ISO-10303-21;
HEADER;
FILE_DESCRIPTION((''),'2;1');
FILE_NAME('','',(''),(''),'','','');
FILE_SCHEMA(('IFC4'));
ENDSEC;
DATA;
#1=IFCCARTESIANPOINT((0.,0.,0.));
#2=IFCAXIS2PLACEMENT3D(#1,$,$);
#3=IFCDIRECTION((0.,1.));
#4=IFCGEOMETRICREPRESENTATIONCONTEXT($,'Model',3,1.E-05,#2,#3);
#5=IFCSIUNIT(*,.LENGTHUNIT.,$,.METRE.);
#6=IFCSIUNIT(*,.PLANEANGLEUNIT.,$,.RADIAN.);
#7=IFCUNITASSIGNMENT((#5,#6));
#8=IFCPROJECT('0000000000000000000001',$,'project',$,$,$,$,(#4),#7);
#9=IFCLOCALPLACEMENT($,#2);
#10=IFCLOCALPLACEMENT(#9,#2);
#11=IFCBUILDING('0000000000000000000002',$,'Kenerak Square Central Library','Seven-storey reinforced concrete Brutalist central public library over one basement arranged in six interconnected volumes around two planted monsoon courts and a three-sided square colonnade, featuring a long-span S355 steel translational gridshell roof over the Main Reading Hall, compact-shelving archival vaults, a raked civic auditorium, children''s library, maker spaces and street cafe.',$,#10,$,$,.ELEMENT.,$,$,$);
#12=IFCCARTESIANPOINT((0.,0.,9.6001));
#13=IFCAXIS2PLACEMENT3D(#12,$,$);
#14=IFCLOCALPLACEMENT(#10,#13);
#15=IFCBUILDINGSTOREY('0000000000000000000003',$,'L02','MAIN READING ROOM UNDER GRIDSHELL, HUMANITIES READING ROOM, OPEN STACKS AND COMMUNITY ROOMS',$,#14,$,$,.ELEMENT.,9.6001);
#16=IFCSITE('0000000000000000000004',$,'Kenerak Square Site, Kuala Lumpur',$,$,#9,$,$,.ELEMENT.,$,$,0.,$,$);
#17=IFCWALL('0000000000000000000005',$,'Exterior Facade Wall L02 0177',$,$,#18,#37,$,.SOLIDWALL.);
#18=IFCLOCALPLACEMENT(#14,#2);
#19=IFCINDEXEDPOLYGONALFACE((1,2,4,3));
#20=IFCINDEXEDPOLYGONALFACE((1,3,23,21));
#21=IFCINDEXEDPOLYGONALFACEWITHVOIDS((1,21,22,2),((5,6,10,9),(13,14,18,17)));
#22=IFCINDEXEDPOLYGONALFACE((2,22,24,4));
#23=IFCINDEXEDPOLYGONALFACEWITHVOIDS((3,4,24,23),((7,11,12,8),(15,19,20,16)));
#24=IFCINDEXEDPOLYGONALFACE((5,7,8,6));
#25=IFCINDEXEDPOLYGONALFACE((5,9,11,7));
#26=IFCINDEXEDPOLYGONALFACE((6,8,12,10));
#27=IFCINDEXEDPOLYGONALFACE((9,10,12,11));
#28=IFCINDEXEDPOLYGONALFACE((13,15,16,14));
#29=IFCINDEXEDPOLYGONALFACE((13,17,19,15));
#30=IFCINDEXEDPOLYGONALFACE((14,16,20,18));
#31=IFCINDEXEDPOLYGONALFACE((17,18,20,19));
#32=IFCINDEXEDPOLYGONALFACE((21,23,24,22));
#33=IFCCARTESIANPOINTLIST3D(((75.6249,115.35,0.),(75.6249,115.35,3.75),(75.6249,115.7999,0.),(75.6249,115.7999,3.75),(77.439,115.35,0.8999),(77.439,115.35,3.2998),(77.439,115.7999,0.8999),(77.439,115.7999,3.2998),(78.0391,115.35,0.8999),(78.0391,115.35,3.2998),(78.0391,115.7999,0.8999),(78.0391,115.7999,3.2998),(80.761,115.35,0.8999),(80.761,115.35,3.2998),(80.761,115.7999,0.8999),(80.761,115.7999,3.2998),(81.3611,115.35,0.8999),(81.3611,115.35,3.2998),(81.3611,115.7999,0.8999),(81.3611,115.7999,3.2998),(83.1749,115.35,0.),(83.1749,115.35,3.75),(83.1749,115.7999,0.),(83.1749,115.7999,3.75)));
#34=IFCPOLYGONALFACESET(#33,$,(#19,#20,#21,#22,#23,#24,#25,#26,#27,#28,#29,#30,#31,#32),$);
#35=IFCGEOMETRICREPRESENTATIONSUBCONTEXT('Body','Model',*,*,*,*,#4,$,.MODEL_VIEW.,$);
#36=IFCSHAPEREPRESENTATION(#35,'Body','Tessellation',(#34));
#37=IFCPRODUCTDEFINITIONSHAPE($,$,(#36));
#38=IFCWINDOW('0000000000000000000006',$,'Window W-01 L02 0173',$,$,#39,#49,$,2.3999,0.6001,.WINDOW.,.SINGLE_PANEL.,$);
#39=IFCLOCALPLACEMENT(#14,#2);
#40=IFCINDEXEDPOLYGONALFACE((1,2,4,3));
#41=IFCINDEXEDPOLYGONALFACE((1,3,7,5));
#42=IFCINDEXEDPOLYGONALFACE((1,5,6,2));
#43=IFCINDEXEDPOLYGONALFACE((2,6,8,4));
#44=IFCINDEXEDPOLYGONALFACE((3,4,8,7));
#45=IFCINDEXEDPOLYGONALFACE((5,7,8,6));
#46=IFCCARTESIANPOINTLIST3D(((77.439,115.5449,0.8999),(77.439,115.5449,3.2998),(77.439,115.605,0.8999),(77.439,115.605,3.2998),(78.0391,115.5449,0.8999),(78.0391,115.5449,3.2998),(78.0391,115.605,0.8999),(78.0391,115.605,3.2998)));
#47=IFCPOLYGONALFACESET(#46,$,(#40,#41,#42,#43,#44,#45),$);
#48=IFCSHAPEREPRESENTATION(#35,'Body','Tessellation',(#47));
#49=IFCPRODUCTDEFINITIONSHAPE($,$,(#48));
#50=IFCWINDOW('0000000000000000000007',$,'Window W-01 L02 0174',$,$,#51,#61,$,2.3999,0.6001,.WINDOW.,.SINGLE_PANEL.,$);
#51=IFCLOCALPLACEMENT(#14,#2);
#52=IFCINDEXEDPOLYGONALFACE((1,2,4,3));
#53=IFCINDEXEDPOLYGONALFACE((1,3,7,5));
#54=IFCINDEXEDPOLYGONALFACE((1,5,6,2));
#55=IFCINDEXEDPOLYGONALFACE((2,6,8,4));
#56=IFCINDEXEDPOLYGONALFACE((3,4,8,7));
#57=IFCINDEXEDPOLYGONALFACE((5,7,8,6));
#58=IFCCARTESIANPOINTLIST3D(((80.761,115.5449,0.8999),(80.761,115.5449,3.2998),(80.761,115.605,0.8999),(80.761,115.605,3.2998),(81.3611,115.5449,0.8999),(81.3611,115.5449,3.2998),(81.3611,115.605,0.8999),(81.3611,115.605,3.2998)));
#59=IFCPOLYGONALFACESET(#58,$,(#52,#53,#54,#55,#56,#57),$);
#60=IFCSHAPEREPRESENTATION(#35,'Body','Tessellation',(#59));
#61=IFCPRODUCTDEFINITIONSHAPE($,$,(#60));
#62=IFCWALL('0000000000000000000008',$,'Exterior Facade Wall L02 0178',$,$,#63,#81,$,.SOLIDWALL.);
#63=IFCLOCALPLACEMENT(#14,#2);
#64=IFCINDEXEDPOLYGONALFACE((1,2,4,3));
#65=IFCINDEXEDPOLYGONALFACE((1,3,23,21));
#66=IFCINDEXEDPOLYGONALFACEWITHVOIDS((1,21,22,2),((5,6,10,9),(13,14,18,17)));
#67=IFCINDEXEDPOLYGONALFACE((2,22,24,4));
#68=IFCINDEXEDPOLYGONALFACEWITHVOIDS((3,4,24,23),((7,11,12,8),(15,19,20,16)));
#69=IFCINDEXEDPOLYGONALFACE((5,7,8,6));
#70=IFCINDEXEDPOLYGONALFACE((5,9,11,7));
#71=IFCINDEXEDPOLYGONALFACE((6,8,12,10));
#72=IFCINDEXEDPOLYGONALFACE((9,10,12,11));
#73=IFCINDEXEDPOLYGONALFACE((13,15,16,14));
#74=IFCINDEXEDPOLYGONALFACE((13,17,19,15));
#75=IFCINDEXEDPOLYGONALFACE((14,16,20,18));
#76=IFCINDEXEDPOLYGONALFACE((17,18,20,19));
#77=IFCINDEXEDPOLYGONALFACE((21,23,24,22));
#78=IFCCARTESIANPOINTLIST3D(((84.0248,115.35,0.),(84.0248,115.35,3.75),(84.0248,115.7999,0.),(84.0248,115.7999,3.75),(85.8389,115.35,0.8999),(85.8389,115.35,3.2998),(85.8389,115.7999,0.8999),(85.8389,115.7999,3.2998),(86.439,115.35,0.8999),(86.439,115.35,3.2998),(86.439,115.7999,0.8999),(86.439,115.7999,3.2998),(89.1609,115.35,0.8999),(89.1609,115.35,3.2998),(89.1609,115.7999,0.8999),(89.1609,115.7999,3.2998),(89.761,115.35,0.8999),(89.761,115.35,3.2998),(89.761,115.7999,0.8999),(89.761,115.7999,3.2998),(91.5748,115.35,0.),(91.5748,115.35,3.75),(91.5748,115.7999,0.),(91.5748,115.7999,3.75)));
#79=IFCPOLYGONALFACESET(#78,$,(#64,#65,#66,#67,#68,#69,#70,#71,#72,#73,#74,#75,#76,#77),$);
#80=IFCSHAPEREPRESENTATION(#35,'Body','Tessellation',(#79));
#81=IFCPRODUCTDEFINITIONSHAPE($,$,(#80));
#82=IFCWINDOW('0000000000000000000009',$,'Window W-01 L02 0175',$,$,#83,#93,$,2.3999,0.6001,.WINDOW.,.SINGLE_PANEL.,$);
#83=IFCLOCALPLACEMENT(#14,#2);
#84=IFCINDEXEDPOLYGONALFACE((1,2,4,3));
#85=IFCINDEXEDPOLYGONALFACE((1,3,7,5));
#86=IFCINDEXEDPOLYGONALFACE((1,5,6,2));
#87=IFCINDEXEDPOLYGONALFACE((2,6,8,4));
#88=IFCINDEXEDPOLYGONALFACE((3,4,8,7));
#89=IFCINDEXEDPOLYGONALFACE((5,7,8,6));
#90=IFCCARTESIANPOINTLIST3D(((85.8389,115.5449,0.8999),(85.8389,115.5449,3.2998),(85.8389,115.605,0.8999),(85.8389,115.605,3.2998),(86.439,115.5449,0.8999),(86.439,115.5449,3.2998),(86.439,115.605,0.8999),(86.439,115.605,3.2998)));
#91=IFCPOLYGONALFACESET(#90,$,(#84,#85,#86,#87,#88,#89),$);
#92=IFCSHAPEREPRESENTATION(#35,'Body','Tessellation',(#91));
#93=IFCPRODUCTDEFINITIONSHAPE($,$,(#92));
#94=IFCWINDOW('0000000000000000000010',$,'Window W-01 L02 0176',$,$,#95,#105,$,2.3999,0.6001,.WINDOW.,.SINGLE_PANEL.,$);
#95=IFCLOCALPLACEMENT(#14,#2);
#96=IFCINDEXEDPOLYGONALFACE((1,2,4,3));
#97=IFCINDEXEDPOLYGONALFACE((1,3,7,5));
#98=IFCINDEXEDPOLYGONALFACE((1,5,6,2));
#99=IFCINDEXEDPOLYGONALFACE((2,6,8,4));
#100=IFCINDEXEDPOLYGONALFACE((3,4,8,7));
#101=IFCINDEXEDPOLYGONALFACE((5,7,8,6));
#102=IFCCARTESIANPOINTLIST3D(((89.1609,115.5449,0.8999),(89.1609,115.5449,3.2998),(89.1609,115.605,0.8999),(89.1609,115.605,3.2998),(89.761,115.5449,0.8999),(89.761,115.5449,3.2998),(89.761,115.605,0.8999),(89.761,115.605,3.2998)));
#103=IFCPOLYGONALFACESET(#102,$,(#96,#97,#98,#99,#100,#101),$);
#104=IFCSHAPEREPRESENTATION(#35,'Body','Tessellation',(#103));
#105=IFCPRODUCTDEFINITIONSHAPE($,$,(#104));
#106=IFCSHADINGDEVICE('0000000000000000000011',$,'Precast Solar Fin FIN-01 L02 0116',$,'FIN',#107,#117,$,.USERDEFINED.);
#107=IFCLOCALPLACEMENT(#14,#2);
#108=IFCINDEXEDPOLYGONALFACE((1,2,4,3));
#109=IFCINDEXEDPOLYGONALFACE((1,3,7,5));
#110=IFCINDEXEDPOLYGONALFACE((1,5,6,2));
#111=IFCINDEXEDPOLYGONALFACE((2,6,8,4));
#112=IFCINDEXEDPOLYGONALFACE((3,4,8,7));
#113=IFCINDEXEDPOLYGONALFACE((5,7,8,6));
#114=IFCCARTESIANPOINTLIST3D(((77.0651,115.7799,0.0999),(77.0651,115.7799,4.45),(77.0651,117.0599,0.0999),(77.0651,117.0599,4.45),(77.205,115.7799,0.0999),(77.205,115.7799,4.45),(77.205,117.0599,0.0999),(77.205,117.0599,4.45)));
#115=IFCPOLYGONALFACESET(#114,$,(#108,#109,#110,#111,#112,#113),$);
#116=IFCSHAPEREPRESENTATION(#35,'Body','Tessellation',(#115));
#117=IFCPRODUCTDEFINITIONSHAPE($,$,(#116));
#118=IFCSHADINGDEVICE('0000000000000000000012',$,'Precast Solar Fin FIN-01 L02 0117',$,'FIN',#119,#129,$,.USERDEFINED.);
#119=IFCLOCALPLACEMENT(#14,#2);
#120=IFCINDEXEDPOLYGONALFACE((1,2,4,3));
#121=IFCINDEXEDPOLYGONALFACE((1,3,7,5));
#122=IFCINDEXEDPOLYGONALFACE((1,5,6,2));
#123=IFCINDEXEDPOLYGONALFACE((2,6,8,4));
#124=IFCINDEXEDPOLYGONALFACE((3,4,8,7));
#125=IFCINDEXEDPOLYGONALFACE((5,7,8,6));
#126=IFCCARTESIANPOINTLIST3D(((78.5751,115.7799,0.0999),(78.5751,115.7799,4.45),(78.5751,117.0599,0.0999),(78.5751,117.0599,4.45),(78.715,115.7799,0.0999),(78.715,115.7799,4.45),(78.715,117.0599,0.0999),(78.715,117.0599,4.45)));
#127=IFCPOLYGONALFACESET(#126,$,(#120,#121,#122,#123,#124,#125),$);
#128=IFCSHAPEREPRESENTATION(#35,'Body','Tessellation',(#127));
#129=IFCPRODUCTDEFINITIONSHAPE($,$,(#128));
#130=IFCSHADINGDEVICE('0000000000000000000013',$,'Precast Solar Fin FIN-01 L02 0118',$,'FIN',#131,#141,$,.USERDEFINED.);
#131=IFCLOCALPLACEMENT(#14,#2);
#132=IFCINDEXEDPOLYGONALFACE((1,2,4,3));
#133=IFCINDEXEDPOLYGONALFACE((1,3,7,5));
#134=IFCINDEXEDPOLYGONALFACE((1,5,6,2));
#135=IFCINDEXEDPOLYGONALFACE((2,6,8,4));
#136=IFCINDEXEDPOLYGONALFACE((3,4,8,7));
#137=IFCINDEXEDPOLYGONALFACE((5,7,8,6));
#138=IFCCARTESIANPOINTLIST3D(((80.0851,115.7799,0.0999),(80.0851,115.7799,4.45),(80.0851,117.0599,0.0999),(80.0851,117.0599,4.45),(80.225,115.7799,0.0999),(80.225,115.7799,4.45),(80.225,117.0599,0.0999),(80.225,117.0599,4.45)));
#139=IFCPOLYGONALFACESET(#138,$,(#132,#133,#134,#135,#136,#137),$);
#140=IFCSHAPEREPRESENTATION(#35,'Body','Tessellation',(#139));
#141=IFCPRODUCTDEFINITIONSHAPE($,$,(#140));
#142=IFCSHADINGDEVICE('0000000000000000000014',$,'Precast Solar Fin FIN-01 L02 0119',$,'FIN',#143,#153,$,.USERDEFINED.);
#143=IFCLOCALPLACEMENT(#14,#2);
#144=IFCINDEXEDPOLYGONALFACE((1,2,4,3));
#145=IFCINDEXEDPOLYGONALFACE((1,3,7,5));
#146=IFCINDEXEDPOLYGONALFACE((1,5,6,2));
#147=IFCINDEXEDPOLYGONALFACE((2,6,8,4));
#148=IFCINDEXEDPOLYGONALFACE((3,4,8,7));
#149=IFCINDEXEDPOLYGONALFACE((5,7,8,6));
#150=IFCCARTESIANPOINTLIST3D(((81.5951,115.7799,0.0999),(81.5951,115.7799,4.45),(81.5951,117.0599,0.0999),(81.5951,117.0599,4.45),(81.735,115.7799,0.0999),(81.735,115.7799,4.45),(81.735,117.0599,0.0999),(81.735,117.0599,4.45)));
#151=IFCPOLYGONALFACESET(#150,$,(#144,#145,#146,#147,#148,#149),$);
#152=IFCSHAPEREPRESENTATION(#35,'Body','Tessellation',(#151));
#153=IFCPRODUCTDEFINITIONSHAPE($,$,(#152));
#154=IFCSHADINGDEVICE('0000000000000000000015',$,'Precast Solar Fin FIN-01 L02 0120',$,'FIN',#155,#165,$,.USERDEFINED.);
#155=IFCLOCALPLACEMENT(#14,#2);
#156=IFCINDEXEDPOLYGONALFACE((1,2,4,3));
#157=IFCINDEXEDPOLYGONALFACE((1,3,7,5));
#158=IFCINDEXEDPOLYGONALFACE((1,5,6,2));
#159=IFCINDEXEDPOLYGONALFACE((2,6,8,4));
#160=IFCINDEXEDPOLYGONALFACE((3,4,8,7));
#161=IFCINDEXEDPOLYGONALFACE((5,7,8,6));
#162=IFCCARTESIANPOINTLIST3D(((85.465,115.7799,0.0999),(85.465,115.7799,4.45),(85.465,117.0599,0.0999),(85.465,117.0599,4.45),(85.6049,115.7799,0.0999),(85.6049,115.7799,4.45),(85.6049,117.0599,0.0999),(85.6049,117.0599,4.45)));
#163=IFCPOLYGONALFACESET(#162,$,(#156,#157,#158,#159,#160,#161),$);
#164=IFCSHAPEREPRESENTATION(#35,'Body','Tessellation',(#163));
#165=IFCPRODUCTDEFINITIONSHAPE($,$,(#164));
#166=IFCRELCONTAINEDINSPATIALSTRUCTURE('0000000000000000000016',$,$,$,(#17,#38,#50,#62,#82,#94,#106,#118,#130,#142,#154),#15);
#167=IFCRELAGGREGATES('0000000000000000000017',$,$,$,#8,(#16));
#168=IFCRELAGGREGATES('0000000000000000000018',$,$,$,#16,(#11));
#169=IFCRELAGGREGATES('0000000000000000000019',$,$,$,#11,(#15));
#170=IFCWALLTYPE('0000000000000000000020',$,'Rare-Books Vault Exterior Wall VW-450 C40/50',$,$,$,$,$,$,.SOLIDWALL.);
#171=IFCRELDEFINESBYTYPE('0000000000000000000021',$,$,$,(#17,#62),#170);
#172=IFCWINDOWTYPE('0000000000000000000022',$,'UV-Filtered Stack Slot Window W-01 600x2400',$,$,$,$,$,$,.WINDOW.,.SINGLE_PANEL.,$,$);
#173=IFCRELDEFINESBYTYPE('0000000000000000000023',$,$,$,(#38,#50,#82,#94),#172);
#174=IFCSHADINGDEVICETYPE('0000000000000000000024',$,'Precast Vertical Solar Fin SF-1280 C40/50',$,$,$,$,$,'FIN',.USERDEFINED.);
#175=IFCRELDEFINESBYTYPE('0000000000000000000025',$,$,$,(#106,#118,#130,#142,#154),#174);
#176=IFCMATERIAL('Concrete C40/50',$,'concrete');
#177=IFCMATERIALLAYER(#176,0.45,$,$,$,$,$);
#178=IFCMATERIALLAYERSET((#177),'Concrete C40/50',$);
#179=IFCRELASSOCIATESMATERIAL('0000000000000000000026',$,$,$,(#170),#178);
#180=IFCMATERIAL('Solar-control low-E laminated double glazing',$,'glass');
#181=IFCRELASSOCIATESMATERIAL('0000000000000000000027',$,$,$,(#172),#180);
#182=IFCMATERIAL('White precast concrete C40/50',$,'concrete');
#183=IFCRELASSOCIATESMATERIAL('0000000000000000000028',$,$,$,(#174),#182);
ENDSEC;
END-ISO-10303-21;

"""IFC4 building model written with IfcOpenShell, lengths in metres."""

from ifc_helpers import new_model, si_unit, direction, frame, frame_2d, origin, origin_2d, place, context, subcontext, project, spatial, rectangle, extrude, material, layer, layer_set, type_object, element, fill, save


model = new_model("IFC4")

# Units and contexts
model_context = context("Model", 3, precision=1e-05, world=origin(), true_north=direction((0.0, 1.0)))
body_context = subcontext(model_context, "Body", "Model", "MODEL_VIEW")
ifc_project = project(units=[si_unit("LENGTHUNIT", "METRE"), si_unit("PLANEANGLEUNIT", "RADIAN")], contexts=[model_context])

# Site, building, storey
site_placement = place(None, origin())
site = spatial("IfcSite", under=ifc_project, at=site_placement, Name="Kenerak Square Site, Kuala Lumpur", CompositionType="ELEMENT", RefElevation=0.0)
building_placement = place(site_placement, origin())
building = spatial("IfcBuilding", under=site, at=building_placement, Name="Kenerak Square Central Library", Description="Seven-storey reinforced concrete Brutalist central public library over one basement arranged in six interconnected volumes around two planted monsoon courts and a three-sided square colonnade, featuring a long-span S355 steel translational gridshell roof over the Main Reading Hall, compact-shelving archival vaults, a raked civic auditorium, children's library, maker spaces and street cafe.", CompositionType="ELEMENT")
storey_placement = place(building_placement, frame((0.0, 0.0, 9.6001)))
storey = spatial("IfcBuildingStorey", under=building, at=storey_placement, Name="L02", Description="MAIN READING ROOM UNDER GRIDSHELL, HUMANITIES READING ROOM, OPEN STACKS AND COMMUNITY ROOMS", CompositionType="ELEMENT", Elevation=9.6001)

# Shared definitions
ifc_material_1 = material(Name="Concrete C40/50", Category="concrete")

# Walls, openings, windows
ifc_layer_1 = layer(ifc_material_1, 0.45)
ifc_layer_set_1 = layer_set([ifc_layer_1], Name="Concrete C40/50")
wall_type_1 = type_object("IfcWallType", Name="Rare-Books Vault Exterior Wall VW-450 C40/50", PredefinedType="SOLIDWALL", material=ifc_layer_set_1)
wall_1_placement = place(storey_placement, frame((75.625, 115.575, 0.0), z_axis=(0.0, 0.0, 1.0), x_axis=(1.0, 0.0, 0.0)))
wall_1 = element("IfcWall", 1, at=wall_1_placement, inside=storey, type_object=wall_type_1, Name="Exterior Facade Wall L02 0177", PredefinedType="SOLIDWALL", context=body_context, shape_type="SweptSolid", body=[
    extrude(rectangle(XDim=7.55, YDim=0.45, at=frame_2d((3.7749, 0.0))), origin(), (0.0, 0.0, 1.0), 3.75),
])
opening_1_placement = place(wall_1_placement, frame((1.814, 0.0, 0.8999)))
opening_1 = element("IfcOpeningElement", 2, at=opening_1_placement, cuts=wall_1, PredefinedType="OPENING", context=body_context, shape_type="SweptSolid", body=[
    extrude(rectangle(XDim=0.6001, YDim=2.3999, at=frame_2d((0.3, 1.2))), frame((0.0, 0.2349, 0.0), z_axis=(0.0, -1.0, 0.0), x_axis=(1.0, 0.0, 0.0)), (0.0, 0.0, 1.0), 0.47),
])
opening_2_placement = place(wall_1_placement, frame((5.136, 0.0, 0.8999)))
opening_2 = element("IfcOpeningElement", 3, at=opening_2_placement, cuts=wall_1, PredefinedType="OPENING", context=body_context, shape_type="SweptSolid", body=[
    extrude(rectangle(XDim=0.6001, YDim=2.3999, at=frame_2d((0.3, 1.2))), frame((0.0, 0.2349, 0.0), z_axis=(0.0, -1.0, 0.0), x_axis=(1.0, 0.0, 0.0)), (0.0, 0.0, 1.0), 0.47),
])
ifc_material_2 = material(Name="Solar-control low-E laminated double glazing", Category="glass")
window_type = type_object("IfcWindowType", Name="UV-Filtered Stack Slot Window W-01 600x2400", PartitioningType="SINGLE_PANEL", PredefinedType="WINDOW", material=ifc_material_2)
window_1_placement = place(opening_1_placement, origin())
window_1 = element("IfcWindow", 4, at=window_1_placement, inside=storey, type_object=window_type, Name="Window W-01 L02 0173", OverallHeight=2.3999, OverallWidth=0.6001, PartitioningType="SINGLE_PANEL", PredefinedType="WINDOW", context=body_context, shape_type="SweptSolid", body=[
    extrude(rectangle(XDim=0.6001, YDim=2.3999, at=frame_2d((0.3, 1.2))), frame((0.0, 0.03, 0.0), z_axis=(0.0, -1.0, 0.0), x_axis=(1.0, 0.0, 0.0)), (0.0, 0.0, 1.0), 0.0601),
])
fill(opening_1, window_1)
window_2_placement = place(opening_2_placement, origin())
window_2 = element("IfcWindow", 5, at=window_2_placement, inside=storey, type_object=window_type, Name="Window W-01 L02 0174", OverallHeight=2.3999, OverallWidth=0.6001, PartitioningType="SINGLE_PANEL", PredefinedType="WINDOW", context=body_context, shape_type="SweptSolid", body=[
    extrude(rectangle(XDim=0.6001, YDim=2.3999, at=frame_2d((0.3, 1.2))), frame((0.0, 0.03, 0.0), z_axis=(0.0, -1.0, 0.0), x_axis=(1.0, 0.0, 0.0)), (0.0, 0.0, 1.0), 0.0601),
])
fill(opening_2, window_2)
wall_2_placement = place(storey_placement, frame((84.0249, 115.575, 0.0), z_axis=(0.0, 0.0, 1.0), x_axis=(1.0, 0.0, 0.0)))
wall_2 = element("IfcWall", 6, at=wall_2_placement, inside=storey, type_object=wall_type_1, Name="Exterior Facade Wall L02 0178", PredefinedType="SOLIDWALL", context=body_context, shape_type="SweptSolid", body=[
    extrude(rectangle(XDim=7.55, YDim=0.45, at=frame_2d((3.7749, 0.0))), origin(), (0.0, 0.0, 1.0), 3.75),
])
opening_3_placement = place(wall_2_placement, frame((1.814, 0.0, 0.8999)))
opening_3 = element("IfcOpeningElement", 7, at=opening_3_placement, cuts=wall_2, PredefinedType="OPENING", context=body_context, shape_type="SweptSolid", body=[
    extrude(rectangle(XDim=0.6001, YDim=2.3999, at=frame_2d((0.3, 1.2))), frame((0.0, 0.2349, 0.0), z_axis=(0.0, -1.0, 0.0), x_axis=(1.0, 0.0, 0.0)), (0.0, 0.0, 1.0), 0.47),
])
opening_4_placement = place(wall_2_placement, frame((5.136, 0.0, 0.8999)))
opening_4 = element("IfcOpeningElement", 8, at=opening_4_placement, cuts=wall_2, PredefinedType="OPENING", context=body_context, shape_type="SweptSolid", body=[
    extrude(rectangle(XDim=0.6001, YDim=2.3999, at=frame_2d((0.3, 1.2))), frame((0.0, 0.2349, 0.0), z_axis=(0.0, -1.0, 0.0), x_axis=(1.0, 0.0, 0.0)), (0.0, 0.0, 1.0), 0.47),
])
window_3_placement = place(opening_3_placement, origin())
window_3 = element("IfcWindow", 9, at=window_3_placement, inside=storey, type_object=window_type, Name="Window W-01 L02 0175", OverallHeight=2.3999, OverallWidth=0.6001, PartitioningType="SINGLE_PANEL", PredefinedType="WINDOW", context=body_context, shape_type="SweptSolid", body=[
    extrude(rectangle(XDim=0.6001, YDim=2.3999, at=frame_2d((0.3, 1.2))), frame((0.0, 0.03, 0.0), z_axis=(0.0, -1.0, 0.0), x_axis=(1.0, 0.0, 0.0)), (0.0, 0.0, 1.0), 0.0601),
])
fill(opening_3, window_3)
window_4_placement = place(opening_4_placement, origin())
window_4 = element("IfcWindow", 10, at=window_4_placement, inside=storey, type_object=window_type, Name="Window W-01 L02 0176", OverallHeight=2.3999, OverallWidth=0.6001, PartitioningType="SINGLE_PANEL", PredefinedType="WINDOW", context=body_context, shape_type="SweptSolid", body=[
    extrude(rectangle(XDim=0.6001, YDim=2.3999, at=frame_2d((0.3, 1.2))), frame((0.0, 0.03, 0.0), z_axis=(0.0, -1.0, 0.0), x_axis=(1.0, 0.0, 0.0)), (0.0, 0.0, 1.0), 0.0601),
])
fill(opening_4, window_4)

# Shading devices
ifc_material_3 = material(Name="White precast concrete C40/50", Category="concrete")
shading_device_type = type_object("IfcShadingDeviceType", Name="Precast Vertical Solar Fin SF-1280 C40/50", ElementType="FIN", PredefinedType="USERDEFINED", material=ifc_material_3)
for number, where, z_axis, x_axis, name in (
    (11, (77.135, 116.4199, 0.0999), (0.0, 0.0, 1.0), (1.0, 0.0, 0.0), "Precast Solar Fin FIN-01 L02 0116"),
    (12, (78.645, 116.4199, 0.0999), (0.0, 0.0, 1.0), (1.0, 0.0, 0.0), "Precast Solar Fin FIN-01 L02 0117"),
    (13, (80.155, 116.4199, 0.0999), (0.0, 0.0, 1.0), (1.0, 0.0, 0.0), "Precast Solar Fin FIN-01 L02 0118"),
    (14, (81.665, 116.4199, 0.0999), (0.0, 0.0, 1.0), (1.0, 0.0, 0.0), "Precast Solar Fin FIN-01 L02 0119"),
    (15, (85.5349, 116.4199, 0.0999), (0.0, 0.0, 1.0), (1.0, 0.0, 0.0), "Precast Solar Fin FIN-01 L02 0120"),
):
    element("IfcShadingDevice", number, at=place(storey_placement, frame(where, z_axis=z_axis, x_axis=x_axis)), inside=storey, type_object=shading_device_type, Name=name, ObjectType="FIN", PredefinedType="USERDEFINED", context=body_context, shape_type="SweptSolid", body=[
        extrude(rectangle(XDim=0.1399, YDim=1.28, at=origin_2d()), origin(), (0.0, 0.0, 1.0), 4.3501),
    ])

save(model, "model.ifc")
